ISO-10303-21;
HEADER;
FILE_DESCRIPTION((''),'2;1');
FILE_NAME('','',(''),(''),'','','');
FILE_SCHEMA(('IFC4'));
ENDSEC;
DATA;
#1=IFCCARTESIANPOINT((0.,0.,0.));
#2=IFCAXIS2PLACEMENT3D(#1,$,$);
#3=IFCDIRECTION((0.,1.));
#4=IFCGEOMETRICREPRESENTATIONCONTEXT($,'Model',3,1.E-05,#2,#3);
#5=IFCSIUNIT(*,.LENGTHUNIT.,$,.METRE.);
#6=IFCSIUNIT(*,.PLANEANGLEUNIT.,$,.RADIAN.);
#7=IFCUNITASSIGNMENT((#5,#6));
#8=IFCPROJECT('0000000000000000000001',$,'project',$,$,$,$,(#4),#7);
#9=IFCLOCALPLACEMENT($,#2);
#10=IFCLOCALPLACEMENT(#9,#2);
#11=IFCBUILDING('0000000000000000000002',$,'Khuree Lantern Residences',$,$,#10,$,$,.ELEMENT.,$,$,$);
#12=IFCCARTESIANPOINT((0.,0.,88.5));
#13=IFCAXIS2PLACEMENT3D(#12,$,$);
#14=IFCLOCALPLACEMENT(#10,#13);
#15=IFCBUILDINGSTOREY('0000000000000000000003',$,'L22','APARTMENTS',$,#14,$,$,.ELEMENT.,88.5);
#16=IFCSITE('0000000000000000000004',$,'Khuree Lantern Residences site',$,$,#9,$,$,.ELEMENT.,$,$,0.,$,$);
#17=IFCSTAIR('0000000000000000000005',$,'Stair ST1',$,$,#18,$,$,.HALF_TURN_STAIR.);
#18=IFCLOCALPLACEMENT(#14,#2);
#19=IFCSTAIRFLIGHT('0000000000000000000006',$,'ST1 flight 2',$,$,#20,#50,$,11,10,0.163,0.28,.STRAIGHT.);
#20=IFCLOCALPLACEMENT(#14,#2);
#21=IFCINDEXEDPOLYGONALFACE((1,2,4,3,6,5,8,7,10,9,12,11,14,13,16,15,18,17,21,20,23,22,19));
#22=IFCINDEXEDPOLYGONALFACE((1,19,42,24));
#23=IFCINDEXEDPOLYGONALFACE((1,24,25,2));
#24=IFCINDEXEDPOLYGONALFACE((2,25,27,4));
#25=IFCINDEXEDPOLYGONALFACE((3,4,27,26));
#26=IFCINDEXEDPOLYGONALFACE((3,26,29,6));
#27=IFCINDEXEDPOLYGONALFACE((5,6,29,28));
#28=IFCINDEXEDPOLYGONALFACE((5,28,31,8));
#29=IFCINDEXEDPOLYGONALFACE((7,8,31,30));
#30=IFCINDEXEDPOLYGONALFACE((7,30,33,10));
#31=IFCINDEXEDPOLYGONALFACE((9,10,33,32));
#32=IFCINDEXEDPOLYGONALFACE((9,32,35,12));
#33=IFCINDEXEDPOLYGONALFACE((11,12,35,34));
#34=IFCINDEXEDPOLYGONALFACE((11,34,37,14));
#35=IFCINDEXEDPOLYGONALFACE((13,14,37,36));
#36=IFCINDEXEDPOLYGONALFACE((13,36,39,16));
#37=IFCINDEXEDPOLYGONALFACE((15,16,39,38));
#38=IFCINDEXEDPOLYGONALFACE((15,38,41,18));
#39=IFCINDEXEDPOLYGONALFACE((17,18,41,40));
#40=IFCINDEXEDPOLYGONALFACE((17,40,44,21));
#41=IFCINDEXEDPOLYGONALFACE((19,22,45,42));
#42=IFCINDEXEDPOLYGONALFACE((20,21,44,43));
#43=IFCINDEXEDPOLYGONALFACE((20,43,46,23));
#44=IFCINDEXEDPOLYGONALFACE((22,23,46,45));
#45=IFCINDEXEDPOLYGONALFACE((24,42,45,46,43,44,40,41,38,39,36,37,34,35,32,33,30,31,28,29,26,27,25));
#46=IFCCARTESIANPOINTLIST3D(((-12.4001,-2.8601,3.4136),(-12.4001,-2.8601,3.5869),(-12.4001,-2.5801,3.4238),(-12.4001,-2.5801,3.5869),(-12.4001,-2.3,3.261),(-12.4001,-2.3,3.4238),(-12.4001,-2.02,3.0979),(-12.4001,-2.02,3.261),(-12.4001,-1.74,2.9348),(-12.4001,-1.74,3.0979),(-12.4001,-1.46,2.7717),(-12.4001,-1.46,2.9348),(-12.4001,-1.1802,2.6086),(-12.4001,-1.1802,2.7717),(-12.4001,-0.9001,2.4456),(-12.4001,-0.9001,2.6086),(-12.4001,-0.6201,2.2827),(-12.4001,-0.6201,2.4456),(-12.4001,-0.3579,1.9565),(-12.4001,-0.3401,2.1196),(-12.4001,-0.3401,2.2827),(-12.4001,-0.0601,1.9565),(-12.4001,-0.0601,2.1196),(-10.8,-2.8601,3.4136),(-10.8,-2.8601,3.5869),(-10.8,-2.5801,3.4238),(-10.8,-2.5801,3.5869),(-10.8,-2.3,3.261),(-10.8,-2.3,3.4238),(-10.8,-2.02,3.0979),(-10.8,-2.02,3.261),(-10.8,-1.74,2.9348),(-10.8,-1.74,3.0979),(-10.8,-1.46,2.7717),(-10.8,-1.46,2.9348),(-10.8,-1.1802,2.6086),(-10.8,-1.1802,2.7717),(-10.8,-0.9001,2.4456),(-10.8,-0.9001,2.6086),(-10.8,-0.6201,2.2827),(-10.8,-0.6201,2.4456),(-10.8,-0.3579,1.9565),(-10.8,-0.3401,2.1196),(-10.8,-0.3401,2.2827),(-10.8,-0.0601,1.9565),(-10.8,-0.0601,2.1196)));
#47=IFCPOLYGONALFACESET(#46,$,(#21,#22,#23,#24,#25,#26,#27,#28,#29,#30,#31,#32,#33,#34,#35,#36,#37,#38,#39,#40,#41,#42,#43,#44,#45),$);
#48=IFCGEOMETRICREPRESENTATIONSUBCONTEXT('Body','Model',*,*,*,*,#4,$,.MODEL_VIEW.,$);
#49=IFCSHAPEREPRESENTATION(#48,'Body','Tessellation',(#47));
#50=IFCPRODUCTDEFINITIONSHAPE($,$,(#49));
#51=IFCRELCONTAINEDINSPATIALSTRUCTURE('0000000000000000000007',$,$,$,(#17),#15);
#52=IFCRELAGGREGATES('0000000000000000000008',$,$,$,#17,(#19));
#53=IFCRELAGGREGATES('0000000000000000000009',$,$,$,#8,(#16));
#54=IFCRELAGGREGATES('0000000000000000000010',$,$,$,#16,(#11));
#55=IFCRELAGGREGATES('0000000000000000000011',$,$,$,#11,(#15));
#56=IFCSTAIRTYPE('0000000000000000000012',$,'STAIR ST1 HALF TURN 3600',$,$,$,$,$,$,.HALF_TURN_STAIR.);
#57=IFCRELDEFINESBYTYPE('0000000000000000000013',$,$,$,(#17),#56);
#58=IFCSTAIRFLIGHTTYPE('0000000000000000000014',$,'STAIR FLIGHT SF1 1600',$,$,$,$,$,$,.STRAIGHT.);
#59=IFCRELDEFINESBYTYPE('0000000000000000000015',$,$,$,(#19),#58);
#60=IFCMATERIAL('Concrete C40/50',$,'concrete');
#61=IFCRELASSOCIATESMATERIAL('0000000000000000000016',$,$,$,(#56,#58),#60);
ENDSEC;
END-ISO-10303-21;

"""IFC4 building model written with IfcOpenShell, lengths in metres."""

from ifc_helpers import new_model, si_unit, direction, frame, origin, place, context, subcontext, project, spatial, polyline, outline, extrude, material, type_object, element, aggregate, save


model = new_model("IFC4")

# Units and contexts
model_context = context("Model", 3, precision=1e-05, world=origin(), true_north=direction((0.0, 1.0)))
body_context = subcontext(model_context, "Body", "Model", "MODEL_VIEW")
ifc_project = project(units=[si_unit("LENGTHUNIT", "METRE"), si_unit("PLANEANGLEUNIT", "RADIAN")], contexts=[model_context])

# Site, building, storey
site_placement = place(None, origin())
site = spatial("IfcSite", under=ifc_project, at=site_placement, Name="Khuree Lantern Residences site", CompositionType="ELEMENT", RefElevation=0.0)
building_placement = place(site_placement, origin())
building = spatial("IfcBuilding", under=site, at=building_placement, Name="Khuree Lantern Residences", CompositionType="ELEMENT")
storey_placement = place(building_placement, frame((0.0, 0.0, 88.5)))
storey = spatial("IfcBuildingStorey", under=building, at=storey_placement, Name="L22", Description="APARTMENTS", CompositionType="ELEMENT", Elevation=88.5)

# Stair, stair flight
ifc_material_1 = material(Name="Concrete C40/50", Category="concrete")
stair_type = type_object("IfcStairType", Name="STAIR ST1 HALF TURN 3600", PredefinedType="HALF_TURN_STAIR", material=ifc_material_1)
stair_placement = place(storey_placement, origin())
stair = element("IfcStair", 1, at=stair_placement, inside=storey, type_object=stair_type, Name="Stair ST1", PredefinedType="HALF_TURN_STAIR")
stair_flight_type = type_object("IfcStairFlightType", Name="STAIR FLIGHT SF1 1600", PredefinedType="STRAIGHT", material=ifc_material_1)
stair_flight_placement = place(storey_placement, frame((-11.6001, -0.0601, 1.9565), z_axis=(0.0, 0.0, 1.0), x_axis=(0.0, -1.0, 0.0)))
stair_flight = element("IfcStairFlight", 2, at=stair_flight_placement, type_object=stair_flight_type, Name="ST1 flight 2", NumberOfRisers=11, NumberOfTreads=10, PredefinedType="STRAIGHT", RiserHeight=0.163, TreadLength=0.28, context=body_context, shape_type="SweptSolid", body=[
    extrude(outline(polyline([(0.0, 0.0), (0.0, 0.1631), (0.28, 0.1631), (0.28, 0.3262), (0.5601, 0.3262), (0.5601, 0.489), (0.8401, 0.489), (0.8401, 0.6521), (1.1201, 0.6521), (1.1201, 0.8152), (1.3999, 0.8152), (1.3999, 0.9783), (1.6799, 0.9783), (1.6799, 1.1414), (1.96, 1.1414), (1.96, 1.3044), (2.24, 1.3044), (2.24, 1.4673), (2.52, 1.4673), (2.52, 1.6304), (2.8, 1.6304), (2.8, 1.7935), (2.8, 1.457), (0.2979, 0.0), (0.0, 0.0)])), frame((0.0, 0.8, 0.0), z_axis=(0.0, -1.0, 0.0), x_axis=(1.0, 0.0, 0.0)), (0.0, 0.0, 1.0), 1.6001),
])
aggregate(stair, [stair_flight])

save(model, "model.ifc")
